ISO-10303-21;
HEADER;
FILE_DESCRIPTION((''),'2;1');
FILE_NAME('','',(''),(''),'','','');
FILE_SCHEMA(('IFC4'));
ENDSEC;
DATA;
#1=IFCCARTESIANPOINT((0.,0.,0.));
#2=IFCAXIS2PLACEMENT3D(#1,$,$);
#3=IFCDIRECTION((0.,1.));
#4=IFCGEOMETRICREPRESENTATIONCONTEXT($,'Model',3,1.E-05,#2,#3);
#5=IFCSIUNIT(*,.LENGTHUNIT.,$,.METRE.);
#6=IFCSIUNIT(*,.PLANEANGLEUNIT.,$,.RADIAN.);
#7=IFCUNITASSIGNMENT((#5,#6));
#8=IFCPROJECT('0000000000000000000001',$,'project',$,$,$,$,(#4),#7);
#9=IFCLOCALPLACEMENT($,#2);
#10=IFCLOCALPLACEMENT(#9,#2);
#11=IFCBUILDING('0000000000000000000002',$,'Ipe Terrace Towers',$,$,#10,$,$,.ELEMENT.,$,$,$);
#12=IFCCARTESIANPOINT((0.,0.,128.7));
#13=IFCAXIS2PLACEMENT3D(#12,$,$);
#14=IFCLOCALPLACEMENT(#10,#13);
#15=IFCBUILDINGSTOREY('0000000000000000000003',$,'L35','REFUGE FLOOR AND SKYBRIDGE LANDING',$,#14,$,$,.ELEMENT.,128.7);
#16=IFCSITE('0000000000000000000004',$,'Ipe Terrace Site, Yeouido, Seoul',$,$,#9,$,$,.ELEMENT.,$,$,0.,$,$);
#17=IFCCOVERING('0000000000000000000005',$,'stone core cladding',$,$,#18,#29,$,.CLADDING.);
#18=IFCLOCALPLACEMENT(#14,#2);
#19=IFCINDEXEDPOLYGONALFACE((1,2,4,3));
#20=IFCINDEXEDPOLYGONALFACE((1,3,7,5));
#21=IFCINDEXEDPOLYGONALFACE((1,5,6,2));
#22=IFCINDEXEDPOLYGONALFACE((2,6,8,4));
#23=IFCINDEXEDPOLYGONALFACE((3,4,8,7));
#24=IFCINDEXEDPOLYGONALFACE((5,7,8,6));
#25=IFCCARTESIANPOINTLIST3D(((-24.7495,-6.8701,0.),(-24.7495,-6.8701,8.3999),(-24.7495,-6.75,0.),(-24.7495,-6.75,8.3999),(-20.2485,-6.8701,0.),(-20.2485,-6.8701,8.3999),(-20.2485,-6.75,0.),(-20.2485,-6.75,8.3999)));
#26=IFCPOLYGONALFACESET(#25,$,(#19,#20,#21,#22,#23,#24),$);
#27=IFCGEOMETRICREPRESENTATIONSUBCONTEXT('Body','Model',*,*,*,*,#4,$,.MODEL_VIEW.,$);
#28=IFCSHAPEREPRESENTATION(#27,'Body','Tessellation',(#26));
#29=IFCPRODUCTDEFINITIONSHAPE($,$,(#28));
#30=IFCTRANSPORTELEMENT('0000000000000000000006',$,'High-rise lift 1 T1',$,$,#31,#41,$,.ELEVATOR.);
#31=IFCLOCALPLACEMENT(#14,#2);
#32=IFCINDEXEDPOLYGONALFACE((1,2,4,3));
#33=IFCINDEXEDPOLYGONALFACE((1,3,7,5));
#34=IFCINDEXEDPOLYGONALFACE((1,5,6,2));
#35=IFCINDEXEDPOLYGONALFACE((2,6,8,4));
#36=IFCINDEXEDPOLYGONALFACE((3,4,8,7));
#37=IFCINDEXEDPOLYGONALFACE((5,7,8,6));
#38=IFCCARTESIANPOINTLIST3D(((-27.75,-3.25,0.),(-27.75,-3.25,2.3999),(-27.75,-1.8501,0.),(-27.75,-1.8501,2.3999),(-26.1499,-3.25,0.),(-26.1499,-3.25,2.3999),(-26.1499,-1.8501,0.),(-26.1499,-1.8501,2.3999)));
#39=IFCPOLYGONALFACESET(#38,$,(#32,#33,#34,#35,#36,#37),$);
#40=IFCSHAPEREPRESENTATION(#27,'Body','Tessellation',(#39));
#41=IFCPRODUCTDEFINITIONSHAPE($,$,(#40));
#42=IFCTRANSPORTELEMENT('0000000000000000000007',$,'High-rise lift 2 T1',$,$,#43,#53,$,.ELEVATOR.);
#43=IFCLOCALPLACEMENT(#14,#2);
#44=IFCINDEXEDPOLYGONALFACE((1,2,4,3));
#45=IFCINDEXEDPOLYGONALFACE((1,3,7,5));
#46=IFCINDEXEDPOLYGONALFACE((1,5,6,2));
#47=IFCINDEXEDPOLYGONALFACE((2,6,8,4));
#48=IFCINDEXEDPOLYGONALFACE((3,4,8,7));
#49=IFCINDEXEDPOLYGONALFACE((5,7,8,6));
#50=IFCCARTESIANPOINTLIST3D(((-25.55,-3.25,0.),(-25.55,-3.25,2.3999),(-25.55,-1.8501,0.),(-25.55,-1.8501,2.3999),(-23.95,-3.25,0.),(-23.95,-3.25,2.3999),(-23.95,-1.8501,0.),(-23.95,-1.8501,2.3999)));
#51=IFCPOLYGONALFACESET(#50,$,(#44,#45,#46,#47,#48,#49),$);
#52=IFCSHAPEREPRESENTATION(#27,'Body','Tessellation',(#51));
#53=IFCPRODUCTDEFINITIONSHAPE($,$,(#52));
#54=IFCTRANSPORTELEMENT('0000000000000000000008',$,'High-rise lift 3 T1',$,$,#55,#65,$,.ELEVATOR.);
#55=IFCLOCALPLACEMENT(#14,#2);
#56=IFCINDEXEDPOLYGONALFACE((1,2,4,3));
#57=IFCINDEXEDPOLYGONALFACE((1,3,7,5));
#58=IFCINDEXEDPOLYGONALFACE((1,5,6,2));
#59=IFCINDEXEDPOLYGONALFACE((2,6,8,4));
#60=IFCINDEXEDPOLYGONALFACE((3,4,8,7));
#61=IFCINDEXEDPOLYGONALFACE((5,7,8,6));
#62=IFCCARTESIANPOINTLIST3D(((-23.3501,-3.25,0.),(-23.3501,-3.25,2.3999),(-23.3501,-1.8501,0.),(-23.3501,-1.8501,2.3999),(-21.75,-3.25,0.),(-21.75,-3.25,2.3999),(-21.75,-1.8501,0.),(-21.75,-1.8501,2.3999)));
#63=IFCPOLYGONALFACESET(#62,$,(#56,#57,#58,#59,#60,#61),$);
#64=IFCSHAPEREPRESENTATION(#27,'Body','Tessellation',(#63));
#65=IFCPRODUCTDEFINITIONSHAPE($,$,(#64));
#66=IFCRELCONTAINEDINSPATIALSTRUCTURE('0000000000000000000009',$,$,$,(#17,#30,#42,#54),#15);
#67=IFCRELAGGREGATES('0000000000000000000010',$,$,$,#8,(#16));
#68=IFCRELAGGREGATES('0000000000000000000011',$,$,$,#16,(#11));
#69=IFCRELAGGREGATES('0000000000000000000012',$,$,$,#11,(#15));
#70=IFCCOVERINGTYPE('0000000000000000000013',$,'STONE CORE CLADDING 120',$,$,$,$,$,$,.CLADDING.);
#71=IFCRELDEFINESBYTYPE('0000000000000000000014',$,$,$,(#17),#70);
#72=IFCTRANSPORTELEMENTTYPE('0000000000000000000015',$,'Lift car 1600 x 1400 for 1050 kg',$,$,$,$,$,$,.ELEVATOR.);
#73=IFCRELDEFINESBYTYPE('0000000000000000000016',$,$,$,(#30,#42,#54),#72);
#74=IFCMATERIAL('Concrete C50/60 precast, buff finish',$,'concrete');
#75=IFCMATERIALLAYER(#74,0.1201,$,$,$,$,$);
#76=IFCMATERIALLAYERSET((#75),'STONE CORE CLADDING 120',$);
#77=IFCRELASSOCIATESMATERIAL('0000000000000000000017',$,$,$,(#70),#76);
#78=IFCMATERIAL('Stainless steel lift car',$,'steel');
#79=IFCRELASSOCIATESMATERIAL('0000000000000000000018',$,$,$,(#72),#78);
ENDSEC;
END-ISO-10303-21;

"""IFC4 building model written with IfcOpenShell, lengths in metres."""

from ifc_helpers import new_model, si_unit, direction, frame, origin, origin_2d, place, context, subcontext, project, spatial, rectangle, extrude, material, layer, layer_set, type_object, element, save


model = new_model("IFC4")

# Units and contexts
model_context = context("Model", 3, precision=1e-05, world=origin(), true_north=direction((0.0, 1.0)))
body_context = subcontext(model_context, "Body", "Model", "MODEL_VIEW")
ifc_project = project(units=[si_unit("LENGTHUNIT", "METRE"), si_unit("PLANEANGLEUNIT", "RADIAN")], contexts=[model_context])

# Site, building, storey
site_placement = place(None, origin())
site = spatial("IfcSite", under=ifc_project, at=site_placement, Name="Ipe Terrace Site, Yeouido, Seoul", CompositionType="ELEMENT", RefElevation=0.0)
building_placement = place(site_placement, origin())
building = spatial("IfcBuilding", under=site, at=building_placement, Name="Ipe Terrace Towers", CompositionType="ELEMENT")
storey_placement = place(building_placement, frame((0.0, 0.0, 128.7)))
storey = spatial("IfcBuildingStorey", under=building, at=storey_placement, Name="L35", Description="REFUGE FLOOR AND SKYBRIDGE LANDING", CompositionType="ELEMENT", Elevation=128.7)

# Covering
ifc_material_1 = material(Name="Concrete C50/60 precast, buff finish", Category="concrete")
ifc_layer_1 = layer(ifc_material_1, 0.1201)
ifc_layer_set_1 = layer_set([ifc_layer_1], Name="STONE CORE CLADDING 120")
covering_type = type_object("IfcCoveringType", Name="STONE CORE CLADDING 120", PredefinedType="CLADDING", material=ifc_layer_set_1)
covering_1_placement = place(storey_placement, frame((-22.499, -6.8101, 0.0), z_axis=(0.0, 0.0, 1.0), x_axis=(1.0, 0.0, 0.0)))
element("IfcCovering", 1, at=covering_1_placement, inside=storey, type_object=covering_type, Name="stone core cladding", PredefinedType="CLADDING", context=body_context, shape_type="SweptSolid", body=[
    extrude(rectangle(XDim=4.501, YDim=0.1201, at=origin_2d()), origin(), (0.0, 0.0, 1.0), 8.3999),
])

# Transport elements
ifc_material_2 = material(Name="Stainless steel lift car", Category="steel")
transport_element_type = type_object("IfcTransportElementType", Name="Lift car 1600 x 1400 for 1050 kg", PredefinedType="ELEVATOR", material=ifc_material_2)
for number, where, z_axis, x_axis, name in (
    (2, (-26.95, -2.55, 0.0), (0.0, 0.0, 1.0), (1.0, 0.0, 0.0), "High-rise lift 1 T1"),
    (3, (-24.75, -2.55, 0.0), (0.0, 0.0, 1.0), (1.0, 0.0, 0.0), "High-rise lift 2 T1"),
    (4, (-22.55, -2.55, 0.0), (0.0, 0.0, 1.0), (1.0, 0.0, 0.0), "High-rise lift 3 T1"),
):
    element("IfcTransportElement", number, at=place(storey_placement, frame(where, z_axis=z_axis, x_axis=x_axis)), inside=storey, type_object=transport_element_type, Name=name, PredefinedType="ELEVATOR", context=body_context, shape_type="SweptSolid", body=[
        extrude(rectangle(XDim=1.6001, YDim=1.3999, at=origin_2d()), origin(), (0.0, 0.0, 1.0), 2.3999),
    ])

save(model, "model.ifc")
